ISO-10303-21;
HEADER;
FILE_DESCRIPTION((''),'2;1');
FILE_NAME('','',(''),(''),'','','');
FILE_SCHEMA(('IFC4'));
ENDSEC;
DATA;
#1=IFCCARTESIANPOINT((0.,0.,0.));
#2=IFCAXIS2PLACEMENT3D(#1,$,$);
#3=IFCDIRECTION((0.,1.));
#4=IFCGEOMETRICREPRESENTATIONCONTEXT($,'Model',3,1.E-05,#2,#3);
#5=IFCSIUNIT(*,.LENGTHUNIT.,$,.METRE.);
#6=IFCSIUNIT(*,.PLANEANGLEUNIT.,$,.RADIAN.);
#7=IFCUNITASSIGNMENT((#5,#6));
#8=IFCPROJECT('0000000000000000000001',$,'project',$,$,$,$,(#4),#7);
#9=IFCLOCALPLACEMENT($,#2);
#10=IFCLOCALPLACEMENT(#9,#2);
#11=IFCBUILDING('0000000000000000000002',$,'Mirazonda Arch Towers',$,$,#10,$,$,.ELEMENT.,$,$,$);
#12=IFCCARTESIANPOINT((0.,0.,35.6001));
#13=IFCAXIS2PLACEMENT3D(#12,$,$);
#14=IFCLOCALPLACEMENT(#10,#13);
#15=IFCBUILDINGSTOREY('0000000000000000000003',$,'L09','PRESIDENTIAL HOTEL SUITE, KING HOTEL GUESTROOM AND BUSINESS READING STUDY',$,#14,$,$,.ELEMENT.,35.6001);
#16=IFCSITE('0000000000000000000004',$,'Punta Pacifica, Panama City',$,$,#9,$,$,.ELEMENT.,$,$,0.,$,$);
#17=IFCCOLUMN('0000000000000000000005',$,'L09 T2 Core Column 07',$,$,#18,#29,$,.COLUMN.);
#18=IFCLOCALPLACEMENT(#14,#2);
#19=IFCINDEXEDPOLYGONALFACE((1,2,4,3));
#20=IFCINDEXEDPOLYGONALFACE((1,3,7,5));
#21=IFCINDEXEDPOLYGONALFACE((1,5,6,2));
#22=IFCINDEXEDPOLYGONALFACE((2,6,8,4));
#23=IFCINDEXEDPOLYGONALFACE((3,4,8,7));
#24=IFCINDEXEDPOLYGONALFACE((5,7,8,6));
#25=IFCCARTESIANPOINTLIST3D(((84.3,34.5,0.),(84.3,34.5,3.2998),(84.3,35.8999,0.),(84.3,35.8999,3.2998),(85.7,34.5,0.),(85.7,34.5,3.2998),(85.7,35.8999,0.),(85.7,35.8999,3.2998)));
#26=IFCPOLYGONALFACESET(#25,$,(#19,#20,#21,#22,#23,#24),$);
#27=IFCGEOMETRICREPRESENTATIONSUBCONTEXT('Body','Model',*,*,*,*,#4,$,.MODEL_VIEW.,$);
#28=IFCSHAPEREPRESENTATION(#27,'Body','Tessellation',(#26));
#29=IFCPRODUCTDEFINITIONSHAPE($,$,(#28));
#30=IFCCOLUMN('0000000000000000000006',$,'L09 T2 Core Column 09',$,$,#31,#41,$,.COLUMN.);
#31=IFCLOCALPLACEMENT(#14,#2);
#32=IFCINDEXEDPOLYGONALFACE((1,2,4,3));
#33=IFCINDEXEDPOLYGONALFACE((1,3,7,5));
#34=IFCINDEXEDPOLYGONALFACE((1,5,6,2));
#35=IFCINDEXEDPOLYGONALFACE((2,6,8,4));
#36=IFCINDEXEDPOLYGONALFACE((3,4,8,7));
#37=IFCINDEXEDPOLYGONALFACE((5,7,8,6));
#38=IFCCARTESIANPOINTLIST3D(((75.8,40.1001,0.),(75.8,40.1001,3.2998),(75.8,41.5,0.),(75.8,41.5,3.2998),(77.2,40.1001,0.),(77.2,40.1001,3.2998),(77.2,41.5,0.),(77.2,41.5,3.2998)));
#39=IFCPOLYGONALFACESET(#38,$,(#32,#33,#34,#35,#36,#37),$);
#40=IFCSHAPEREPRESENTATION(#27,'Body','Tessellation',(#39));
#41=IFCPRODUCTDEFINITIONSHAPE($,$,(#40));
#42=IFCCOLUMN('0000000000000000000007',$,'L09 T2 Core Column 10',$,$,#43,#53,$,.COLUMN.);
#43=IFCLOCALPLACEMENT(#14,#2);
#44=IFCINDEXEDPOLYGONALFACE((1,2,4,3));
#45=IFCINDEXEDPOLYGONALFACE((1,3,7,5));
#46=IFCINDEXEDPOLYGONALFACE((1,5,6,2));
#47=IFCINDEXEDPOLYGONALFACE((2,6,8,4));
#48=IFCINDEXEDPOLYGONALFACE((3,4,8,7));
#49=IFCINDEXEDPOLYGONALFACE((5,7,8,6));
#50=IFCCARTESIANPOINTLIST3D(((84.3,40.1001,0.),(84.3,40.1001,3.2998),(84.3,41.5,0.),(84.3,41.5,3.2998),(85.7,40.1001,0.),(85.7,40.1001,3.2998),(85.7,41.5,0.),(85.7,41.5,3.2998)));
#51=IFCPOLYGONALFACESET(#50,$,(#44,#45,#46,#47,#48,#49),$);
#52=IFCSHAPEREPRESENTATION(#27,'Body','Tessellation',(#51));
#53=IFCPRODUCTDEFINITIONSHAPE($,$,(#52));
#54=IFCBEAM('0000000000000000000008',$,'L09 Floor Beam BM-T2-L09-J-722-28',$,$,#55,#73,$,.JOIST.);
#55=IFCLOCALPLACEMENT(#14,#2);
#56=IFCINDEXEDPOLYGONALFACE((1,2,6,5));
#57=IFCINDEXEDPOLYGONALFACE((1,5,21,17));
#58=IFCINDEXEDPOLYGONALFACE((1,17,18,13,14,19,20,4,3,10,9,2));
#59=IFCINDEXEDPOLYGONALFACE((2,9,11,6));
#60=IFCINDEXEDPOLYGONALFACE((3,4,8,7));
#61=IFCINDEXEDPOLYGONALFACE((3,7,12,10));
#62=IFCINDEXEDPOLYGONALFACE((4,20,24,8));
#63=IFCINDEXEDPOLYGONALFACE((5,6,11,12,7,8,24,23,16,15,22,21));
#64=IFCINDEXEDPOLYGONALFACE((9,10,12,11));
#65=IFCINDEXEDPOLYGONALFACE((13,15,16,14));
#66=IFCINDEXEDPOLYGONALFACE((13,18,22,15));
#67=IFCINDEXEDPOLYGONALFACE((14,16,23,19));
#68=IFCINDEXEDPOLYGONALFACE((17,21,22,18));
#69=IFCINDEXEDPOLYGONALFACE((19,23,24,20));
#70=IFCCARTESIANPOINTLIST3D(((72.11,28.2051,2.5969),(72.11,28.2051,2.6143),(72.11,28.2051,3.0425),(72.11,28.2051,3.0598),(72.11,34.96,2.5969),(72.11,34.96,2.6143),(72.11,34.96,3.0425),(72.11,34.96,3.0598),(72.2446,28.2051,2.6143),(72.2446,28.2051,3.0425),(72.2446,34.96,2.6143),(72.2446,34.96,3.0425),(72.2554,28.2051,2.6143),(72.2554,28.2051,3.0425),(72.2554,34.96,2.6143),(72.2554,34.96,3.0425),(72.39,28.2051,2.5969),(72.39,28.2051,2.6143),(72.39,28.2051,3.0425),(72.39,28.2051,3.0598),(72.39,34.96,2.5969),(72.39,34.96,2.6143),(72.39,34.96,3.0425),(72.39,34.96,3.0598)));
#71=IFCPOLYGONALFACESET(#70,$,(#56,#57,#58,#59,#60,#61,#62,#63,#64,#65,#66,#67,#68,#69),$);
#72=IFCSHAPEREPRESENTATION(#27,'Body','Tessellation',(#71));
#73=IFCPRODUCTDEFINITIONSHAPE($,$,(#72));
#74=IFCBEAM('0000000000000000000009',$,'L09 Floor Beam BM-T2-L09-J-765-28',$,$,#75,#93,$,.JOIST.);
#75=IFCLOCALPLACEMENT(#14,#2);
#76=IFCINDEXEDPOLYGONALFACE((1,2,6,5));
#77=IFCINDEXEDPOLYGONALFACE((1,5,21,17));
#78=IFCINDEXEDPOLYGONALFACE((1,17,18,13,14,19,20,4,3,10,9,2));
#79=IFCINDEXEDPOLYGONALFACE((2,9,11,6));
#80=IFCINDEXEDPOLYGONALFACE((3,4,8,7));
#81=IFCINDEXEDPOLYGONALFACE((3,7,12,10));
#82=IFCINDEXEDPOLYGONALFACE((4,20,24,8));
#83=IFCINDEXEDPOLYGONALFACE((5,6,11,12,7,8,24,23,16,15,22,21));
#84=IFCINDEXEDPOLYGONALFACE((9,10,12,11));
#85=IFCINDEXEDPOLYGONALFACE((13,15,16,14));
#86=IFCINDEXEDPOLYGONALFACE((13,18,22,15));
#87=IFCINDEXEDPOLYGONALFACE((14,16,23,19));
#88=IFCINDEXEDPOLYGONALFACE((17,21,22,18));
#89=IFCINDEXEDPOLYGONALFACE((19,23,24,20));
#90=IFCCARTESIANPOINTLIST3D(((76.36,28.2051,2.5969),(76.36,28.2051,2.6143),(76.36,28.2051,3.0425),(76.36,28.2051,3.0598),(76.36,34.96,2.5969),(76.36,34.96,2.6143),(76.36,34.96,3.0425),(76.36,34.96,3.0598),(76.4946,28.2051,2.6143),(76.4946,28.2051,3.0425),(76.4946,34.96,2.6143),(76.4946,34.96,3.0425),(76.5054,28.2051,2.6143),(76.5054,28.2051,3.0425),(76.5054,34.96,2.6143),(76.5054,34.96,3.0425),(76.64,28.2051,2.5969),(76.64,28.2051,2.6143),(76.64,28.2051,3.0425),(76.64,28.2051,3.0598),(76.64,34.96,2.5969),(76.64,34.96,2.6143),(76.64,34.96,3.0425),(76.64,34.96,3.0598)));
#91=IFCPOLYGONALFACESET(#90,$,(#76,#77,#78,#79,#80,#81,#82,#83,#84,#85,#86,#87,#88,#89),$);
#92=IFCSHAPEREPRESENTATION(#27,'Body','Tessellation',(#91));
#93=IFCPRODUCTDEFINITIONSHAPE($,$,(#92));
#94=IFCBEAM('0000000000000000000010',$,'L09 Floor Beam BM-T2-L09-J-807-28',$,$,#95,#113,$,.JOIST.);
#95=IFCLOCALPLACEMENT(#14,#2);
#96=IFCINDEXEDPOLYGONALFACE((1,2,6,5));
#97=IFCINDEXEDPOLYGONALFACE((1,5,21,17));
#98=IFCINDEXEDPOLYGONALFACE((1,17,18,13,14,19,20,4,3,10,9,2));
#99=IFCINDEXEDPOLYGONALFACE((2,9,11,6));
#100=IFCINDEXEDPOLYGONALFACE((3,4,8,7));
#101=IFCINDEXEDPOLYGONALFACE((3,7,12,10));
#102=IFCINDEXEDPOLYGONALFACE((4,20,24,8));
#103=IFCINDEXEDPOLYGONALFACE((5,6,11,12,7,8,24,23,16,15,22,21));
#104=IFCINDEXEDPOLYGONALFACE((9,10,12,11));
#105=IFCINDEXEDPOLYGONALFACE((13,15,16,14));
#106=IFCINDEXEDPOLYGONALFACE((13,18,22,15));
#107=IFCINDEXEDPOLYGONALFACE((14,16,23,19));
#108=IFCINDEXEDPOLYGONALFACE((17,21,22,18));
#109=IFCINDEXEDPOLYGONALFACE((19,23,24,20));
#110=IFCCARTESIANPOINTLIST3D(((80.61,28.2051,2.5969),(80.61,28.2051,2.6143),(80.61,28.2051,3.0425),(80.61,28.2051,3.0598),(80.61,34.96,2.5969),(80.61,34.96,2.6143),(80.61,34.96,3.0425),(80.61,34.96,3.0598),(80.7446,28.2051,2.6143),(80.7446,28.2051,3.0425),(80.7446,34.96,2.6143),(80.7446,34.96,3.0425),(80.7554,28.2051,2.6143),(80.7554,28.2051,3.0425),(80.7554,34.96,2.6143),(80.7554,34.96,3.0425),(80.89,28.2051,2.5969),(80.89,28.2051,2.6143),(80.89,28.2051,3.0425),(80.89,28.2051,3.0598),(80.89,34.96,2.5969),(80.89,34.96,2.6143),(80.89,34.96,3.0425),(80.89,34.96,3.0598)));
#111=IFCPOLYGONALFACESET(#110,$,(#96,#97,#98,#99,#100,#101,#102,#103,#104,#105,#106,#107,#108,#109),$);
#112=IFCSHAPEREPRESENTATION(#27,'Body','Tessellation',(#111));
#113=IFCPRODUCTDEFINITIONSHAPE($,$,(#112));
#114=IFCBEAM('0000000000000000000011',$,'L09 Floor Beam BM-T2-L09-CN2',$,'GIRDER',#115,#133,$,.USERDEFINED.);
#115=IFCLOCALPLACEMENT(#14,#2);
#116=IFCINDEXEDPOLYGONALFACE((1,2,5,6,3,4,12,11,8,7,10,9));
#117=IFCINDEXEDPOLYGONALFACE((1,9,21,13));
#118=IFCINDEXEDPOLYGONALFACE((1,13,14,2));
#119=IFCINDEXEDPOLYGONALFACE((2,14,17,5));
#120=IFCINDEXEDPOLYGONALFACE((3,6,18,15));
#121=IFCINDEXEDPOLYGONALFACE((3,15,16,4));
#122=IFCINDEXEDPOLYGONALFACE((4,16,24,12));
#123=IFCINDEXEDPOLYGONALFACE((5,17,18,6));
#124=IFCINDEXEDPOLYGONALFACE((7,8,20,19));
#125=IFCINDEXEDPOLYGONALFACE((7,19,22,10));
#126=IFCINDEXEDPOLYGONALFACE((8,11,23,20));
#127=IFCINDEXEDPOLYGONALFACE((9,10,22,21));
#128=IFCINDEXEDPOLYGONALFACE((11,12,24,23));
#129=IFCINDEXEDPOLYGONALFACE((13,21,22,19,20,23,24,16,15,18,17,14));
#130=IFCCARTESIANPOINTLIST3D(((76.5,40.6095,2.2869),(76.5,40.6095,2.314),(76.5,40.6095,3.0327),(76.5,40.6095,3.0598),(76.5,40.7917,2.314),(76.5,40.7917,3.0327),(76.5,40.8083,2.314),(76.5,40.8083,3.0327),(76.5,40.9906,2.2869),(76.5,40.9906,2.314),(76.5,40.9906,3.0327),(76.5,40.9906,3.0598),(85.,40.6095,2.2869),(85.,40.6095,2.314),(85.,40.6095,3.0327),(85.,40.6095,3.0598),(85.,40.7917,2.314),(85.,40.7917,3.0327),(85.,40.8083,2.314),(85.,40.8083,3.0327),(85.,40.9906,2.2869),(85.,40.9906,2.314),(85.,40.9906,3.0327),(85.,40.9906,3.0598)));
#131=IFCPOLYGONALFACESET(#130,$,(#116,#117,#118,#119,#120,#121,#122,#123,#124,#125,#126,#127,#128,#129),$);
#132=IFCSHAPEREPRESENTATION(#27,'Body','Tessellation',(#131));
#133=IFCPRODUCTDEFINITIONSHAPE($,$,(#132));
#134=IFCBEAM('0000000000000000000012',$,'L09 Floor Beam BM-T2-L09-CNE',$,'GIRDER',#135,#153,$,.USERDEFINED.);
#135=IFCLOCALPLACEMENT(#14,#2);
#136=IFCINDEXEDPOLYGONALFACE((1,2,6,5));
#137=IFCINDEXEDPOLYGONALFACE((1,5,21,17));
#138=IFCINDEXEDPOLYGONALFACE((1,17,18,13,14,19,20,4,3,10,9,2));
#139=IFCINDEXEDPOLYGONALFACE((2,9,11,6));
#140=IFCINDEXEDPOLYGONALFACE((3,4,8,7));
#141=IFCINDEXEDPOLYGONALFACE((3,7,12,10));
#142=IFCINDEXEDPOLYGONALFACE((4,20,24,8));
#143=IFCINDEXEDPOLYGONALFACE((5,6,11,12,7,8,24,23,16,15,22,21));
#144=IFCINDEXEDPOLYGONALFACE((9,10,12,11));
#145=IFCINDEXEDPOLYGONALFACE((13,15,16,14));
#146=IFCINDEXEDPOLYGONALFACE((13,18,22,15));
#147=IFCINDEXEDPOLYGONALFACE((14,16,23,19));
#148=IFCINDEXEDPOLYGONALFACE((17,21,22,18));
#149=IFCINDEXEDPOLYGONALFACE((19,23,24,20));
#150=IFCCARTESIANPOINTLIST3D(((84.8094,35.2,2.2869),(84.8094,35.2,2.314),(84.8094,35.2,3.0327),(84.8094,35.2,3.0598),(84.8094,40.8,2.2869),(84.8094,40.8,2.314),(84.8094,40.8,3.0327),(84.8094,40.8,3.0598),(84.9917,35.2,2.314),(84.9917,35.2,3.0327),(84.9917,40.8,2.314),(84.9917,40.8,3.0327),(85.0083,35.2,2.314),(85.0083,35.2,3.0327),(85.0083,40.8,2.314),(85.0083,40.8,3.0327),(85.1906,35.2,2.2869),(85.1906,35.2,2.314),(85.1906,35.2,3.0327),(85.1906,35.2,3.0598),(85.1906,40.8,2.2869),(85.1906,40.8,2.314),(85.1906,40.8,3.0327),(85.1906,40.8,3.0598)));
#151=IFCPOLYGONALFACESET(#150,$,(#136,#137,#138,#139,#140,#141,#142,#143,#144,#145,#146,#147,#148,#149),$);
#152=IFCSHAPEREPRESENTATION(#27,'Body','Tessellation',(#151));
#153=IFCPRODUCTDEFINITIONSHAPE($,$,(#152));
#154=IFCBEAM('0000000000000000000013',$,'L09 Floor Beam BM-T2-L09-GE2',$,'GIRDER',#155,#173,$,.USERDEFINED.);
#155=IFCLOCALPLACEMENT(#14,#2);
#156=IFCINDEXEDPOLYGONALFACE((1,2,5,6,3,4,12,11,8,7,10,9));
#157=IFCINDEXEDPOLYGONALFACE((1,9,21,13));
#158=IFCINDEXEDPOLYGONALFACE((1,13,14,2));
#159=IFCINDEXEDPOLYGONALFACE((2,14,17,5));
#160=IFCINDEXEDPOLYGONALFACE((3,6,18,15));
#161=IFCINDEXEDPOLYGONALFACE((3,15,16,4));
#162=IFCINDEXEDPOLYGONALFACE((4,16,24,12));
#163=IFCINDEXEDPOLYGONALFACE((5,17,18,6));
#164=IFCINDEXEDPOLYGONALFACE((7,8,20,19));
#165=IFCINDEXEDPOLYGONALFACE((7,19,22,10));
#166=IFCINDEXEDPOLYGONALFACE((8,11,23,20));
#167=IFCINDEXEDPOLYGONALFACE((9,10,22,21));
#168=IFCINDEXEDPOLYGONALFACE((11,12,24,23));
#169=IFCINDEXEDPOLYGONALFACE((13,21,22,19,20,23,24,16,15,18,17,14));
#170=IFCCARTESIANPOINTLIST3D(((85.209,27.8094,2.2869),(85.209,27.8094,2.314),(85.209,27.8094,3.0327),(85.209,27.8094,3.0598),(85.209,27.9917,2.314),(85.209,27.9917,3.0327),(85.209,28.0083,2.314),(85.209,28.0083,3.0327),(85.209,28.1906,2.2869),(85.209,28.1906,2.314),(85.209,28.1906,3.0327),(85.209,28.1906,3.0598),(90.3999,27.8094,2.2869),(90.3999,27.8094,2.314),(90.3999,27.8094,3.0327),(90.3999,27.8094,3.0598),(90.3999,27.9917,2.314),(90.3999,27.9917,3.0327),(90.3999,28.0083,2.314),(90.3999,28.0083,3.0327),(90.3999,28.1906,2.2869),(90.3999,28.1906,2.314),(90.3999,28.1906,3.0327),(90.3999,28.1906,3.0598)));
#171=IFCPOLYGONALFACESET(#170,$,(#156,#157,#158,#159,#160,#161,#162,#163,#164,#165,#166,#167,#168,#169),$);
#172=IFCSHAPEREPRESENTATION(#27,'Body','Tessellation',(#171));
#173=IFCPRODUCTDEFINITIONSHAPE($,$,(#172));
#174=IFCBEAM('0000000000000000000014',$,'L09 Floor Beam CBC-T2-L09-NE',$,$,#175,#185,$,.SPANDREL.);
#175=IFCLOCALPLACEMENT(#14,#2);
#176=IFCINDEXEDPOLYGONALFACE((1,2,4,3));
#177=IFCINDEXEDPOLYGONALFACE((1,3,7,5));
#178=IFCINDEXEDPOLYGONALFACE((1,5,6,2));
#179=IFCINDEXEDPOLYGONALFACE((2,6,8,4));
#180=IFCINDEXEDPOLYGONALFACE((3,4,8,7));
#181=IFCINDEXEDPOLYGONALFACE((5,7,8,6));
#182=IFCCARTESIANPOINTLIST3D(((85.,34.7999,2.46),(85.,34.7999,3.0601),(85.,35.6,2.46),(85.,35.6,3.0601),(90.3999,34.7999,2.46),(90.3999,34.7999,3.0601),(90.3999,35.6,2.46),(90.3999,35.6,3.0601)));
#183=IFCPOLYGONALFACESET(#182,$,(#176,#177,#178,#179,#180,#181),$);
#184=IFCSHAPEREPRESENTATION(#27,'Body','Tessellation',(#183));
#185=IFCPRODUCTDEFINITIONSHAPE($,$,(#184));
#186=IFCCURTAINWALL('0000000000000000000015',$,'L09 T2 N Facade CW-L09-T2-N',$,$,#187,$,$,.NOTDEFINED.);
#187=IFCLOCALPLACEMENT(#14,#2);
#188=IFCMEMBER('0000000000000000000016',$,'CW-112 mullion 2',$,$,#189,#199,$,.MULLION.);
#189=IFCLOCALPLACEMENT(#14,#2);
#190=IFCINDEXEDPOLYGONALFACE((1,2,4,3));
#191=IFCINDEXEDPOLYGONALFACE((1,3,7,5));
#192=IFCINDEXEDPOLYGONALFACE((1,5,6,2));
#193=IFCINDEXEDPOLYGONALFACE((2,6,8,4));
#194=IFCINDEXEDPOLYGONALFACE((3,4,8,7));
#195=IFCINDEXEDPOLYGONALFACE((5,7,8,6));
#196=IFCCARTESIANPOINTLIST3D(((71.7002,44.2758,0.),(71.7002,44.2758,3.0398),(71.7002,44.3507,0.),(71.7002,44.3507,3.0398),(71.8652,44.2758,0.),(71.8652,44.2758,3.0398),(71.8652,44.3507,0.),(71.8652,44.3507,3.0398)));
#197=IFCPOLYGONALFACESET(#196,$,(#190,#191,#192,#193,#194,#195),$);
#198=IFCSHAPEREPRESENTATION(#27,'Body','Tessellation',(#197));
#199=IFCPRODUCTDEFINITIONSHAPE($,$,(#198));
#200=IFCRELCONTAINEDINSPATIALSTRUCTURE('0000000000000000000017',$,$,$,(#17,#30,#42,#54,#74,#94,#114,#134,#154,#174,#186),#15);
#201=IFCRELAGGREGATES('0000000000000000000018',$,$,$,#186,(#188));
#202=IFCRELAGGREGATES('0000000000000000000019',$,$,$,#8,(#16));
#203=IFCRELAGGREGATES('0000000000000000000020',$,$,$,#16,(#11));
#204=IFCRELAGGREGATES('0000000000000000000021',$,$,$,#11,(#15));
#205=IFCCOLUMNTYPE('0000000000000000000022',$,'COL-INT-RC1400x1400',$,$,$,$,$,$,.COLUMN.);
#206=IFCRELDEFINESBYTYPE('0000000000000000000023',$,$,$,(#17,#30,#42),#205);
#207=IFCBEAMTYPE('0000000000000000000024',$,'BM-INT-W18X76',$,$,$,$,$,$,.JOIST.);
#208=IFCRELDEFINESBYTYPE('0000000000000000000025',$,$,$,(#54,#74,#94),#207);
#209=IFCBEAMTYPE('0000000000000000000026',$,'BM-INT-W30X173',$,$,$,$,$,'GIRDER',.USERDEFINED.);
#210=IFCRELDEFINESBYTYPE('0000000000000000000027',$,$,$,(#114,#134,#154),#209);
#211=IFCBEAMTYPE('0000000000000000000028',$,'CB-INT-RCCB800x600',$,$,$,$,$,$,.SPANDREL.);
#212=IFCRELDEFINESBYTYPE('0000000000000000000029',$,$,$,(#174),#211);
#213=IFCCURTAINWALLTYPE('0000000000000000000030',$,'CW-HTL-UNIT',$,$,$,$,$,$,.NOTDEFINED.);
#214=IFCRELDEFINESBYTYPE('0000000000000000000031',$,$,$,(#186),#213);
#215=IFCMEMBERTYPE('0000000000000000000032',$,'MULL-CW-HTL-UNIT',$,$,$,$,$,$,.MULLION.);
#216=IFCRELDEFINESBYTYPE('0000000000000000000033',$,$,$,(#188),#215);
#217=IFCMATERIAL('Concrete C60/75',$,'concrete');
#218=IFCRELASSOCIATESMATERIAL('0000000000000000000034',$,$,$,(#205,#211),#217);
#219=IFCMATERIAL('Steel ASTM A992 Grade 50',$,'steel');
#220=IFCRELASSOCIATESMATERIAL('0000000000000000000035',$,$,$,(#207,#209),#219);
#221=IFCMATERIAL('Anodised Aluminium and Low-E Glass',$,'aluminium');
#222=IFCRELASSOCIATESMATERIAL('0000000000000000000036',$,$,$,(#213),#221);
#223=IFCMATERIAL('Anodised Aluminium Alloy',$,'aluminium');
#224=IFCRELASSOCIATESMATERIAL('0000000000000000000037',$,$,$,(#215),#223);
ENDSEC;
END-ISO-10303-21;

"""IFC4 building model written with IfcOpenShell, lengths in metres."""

from ifc_helpers import new_model, si_unit, direction, frame, origin, origin_2d, place, context, subcontext, project, spatial, rectangle, i_section, extrude, material, material_profile, profile_set, type_object, element, aggregate, save


model = new_model("IFC4")

# Units and contexts
model_context = context("Model", 3, precision=1e-05, world=origin(), true_north=direction((0.0, 1.0)))
body_context = subcontext(model_context, "Body", "Model", "MODEL_VIEW")
ifc_project = project(units=[si_unit("LENGTHUNIT", "METRE"), si_unit("PLANEANGLEUNIT", "RADIAN")], contexts=[model_context])

# Site, building, storey
site_placement = place(None, origin())
site = spatial("IfcSite", under=ifc_project, at=site_placement, Name="Punta Pacifica, Panama City", CompositionType="ELEMENT", RefElevation=0.0)
building_placement = place(site_placement, origin())
building = spatial("IfcBuilding", under=site, at=building_placement, Name="Mirazonda Arch Towers", CompositionType="ELEMENT")
storey_placement = place(building_placement, frame((0.0, 0.0, 35.6001)))
storey = spatial("IfcBuildingStorey", under=building, at=storey_placement, Name="L09", Description="PRESIDENTIAL HOTEL SUITE, KING HOTEL GUESTROOM AND BUSINESS READING STUDY", CompositionType="ELEMENT", Elevation=35.6001)

# Columns
ifc_material_1 = material(Name="Concrete C60/75", Category="concrete")
ifc_material_profile_1 = material_profile(ifc_material_1, rectangle(XDim=1.3999, YDim=1.3999, at=origin_2d()), Name="RC1400x1400")
ifc_profile_set_1 = profile_set([ifc_material_profile_1], Name="Concrete C60/75")
column_type = type_object("IfcColumnType", Name="COL-INT-RC1400x1400", PredefinedType="COLUMN", material=ifc_profile_set_1)
for number, where, z_axis, x_axis, name in (
    (1, (85.0, 35.2, 0.0), (0.0, 0.0, 1.0), (1.0, 0.0, 0.0), "L09 T2 Core Column 07"),
    (2, (76.5, 40.8, 0.0), (0.0, 0.0, 1.0), (1.0, 0.0, 0.0), "L09 T2 Core Column 09"),
    (3, (85.0, 40.8, 0.0), (0.0, 0.0, 1.0), (1.0, 0.0, 0.0), "L09 T2 Core Column 10"),
):
    element("IfcColumn", number, at=place(storey_placement, frame(where, z_axis=z_axis, x_axis=x_axis)), inside=storey, type_object=column_type, Name=name, PredefinedType="COLUMN", context=body_context, shape_type="SweptSolid", body=[
        extrude(rectangle(XDim=1.3999, YDim=1.3999, at=origin_2d()), origin(), (0.0, 0.0, 1.0), 3.2998),
    ])

# Beams
ifc_material_2 = material(Name="Steel ASTM A992 Grade 50", Category="steel")
ifc_material_profile_2 = material_profile(ifc_material_2, i_section(OverallWidth=0.28, OverallDepth=0.4629, WebThickness=0.0107, FlangeThickness=0.0173, at=origin_2d()), Name="W18X76")
ifc_profile_set_2 = profile_set([ifc_material_profile_2], Name="Steel ASTM A992 Grade 50")
beam_type_1 = type_object("IfcBeamType", Name="BM-INT-W18X76", PredefinedType="JOIST", material=ifc_profile_set_2)
for number, where, z_axis, x_axis, name in (
    (4, (72.25, 28.2051, 2.8284), (0.0, 1.0, 0.0), (-1.0, 0.0, 0.0), "L09 Floor Beam BM-T2-L09-J-722-28"),
    (5, (76.5, 28.2051, 2.8284), (0.0, 1.0, 0.0), (-1.0, 0.0, 0.0), "L09 Floor Beam BM-T2-L09-J-765-28"),
    (6, (80.75, 28.2051, 2.8284), (0.0, 1.0, 0.0), (-1.0, 0.0, 0.0), "L09 Floor Beam BM-T2-L09-J-807-28"),
):
    element("IfcBeam", number, at=place(storey_placement, frame(where, z_axis=z_axis, x_axis=x_axis)), inside=storey, type_object=beam_type_1, Name=name, PredefinedType="JOIST", context=body_context, shape_type="SweptSolid", body=[
        extrude(i_section(OverallWidth=0.28, OverallDepth=0.4629, WebThickness=0.0107, FlangeThickness=0.0173, at=origin_2d()), origin(), (0.0, 0.0, 1.0), 6.7549),
    ])
ifc_material_profile_3 = material_profile(ifc_material_2, i_section(OverallWidth=0.3811, OverallDepth=0.7729, WebThickness=0.0166, FlangeThickness=0.0271, at=origin_2d()), Name="W30X173")
ifc_profile_set_3 = profile_set([ifc_material_profile_3], Name="Steel ASTM A992 Grade 50")
beam_type_2 = type_object("IfcBeamType", Name="BM-INT-W30X173", ElementType="GIRDER", PredefinedType="USERDEFINED", material=ifc_profile_set_3)
beam_1_placement = place(storey_placement, frame((76.5, 40.8, 2.6733), z_axis=(1.0, 0.0, 0.0), x_axis=(0.0, 1.0, 0.0)))
element("IfcBeam", 7, at=beam_1_placement, inside=storey, type_object=beam_type_2, Name="L09 Floor Beam BM-T2-L09-CN2", ObjectType="GIRDER", PredefinedType="USERDEFINED", context=body_context, shape_type="SweptSolid", body=[
    extrude(i_section(OverallWidth=0.3811, OverallDepth=0.7729, WebThickness=0.0166, FlangeThickness=0.0271, at=origin_2d()), origin(), (0.0, 0.0, 1.0), 8.5),
])
beam_2_placement = place(storey_placement, frame((85.0, 35.2, 2.6733), z_axis=(0.0, 1.0, 0.0), x_axis=(-1.0, 0.0, 0.0)))
element("IfcBeam", 8, at=beam_2_placement, inside=storey, type_object=beam_type_2, Name="L09 Floor Beam BM-T2-L09-CNE", ObjectType="GIRDER", PredefinedType="USERDEFINED", context=body_context, shape_type="SweptSolid", body=[
    extrude(i_section(OverallWidth=0.3811, OverallDepth=0.7729, WebThickness=0.0166, FlangeThickness=0.0271, at=origin_2d()), origin(), (0.0, 0.0, 1.0), 5.6001),
])
beam_3_placement = place(storey_placement, frame((85.209, 28.0, 2.6733), z_axis=(1.0, 0.0, 0.0), x_axis=(0.0, 1.0, 0.0)))
element("IfcBeam", 9, at=beam_3_placement, inside=storey, type_object=beam_type_2, Name="L09 Floor Beam BM-T2-L09-GE2", ObjectType="GIRDER", PredefinedType="USERDEFINED", context=body_context, shape_type="SweptSolid", body=[
    extrude(i_section(OverallWidth=0.3811, OverallDepth=0.7729, WebThickness=0.0166, FlangeThickness=0.0271, at=origin_2d()), origin(), (0.0, 0.0, 1.0), 5.1909),
])
ifc_material_profile_4 = material_profile(ifc_material_1, rectangle(XDim=0.8, YDim=0.6001, at=origin_2d()), Name="RCCB800x600")
ifc_profile_set_4 = profile_set([ifc_material_profile_4], Name="Concrete C60/75")
beam_type_3 = type_object("IfcBeamType", Name="CB-INT-RCCB800x600", PredefinedType="SPANDREL", material=ifc_profile_set_4)
beam_4_placement = place(storey_placement, frame((85.0, 35.2, 2.76), z_axis=(1.0, 0.0, 0.0), x_axis=(0.0, 1.0, 0.0)))
element("IfcBeam", 10, at=beam_4_placement, inside=storey, type_object=beam_type_3, Name="L09 Floor Beam CBC-T2-L09-NE", PredefinedType="SPANDREL", context=body_context, shape_type="SweptSolid", body=[
    extrude(rectangle(XDim=0.8, YDim=0.6001, at=origin_2d()), origin(), (0.0, 0.0, 1.0), 5.3999),
])

# Curtain wall, member
ifc_material_3 = material(Name="Anodised Aluminium and Low-E Glass", Category="aluminium")
curtain_wall_type = type_object("IfcCurtainWallType", Name="CW-HTL-UNIT", PredefinedType="NOTDEFINED", material=ifc_material_3)
curtain_wall_placement = place(storey_placement, origin())
curtain_wall = element("IfcCurtainWall", 11, at=curtain_wall_placement, inside=storey, type_object=curtain_wall_type, Name="L09 T2 N Facade CW-L09-T2-N", PredefinedType="NOTDEFINED")
ifc_material_4 = material(Name="Anodised Aluminium Alloy", Category="aluminium")
ifc_material_profile_5 = material_profile(ifc_material_4, rectangle(XDim=0.075, YDim=0.165, at=origin_2d()), Name="ALU-MULL-75x165")
ifc_profile_set_5 = profile_set([ifc_material_profile_5], Name="Anodised Aluminium Alloy")
member_type_1 = type_object("IfcMemberType", Name="MULL-CW-HTL-UNIT", PredefinedType="MULLION", material=ifc_profile_set_5)
member_1_placement = place(storey_placement, frame((71.7827, 44.3132, 0.0), z_axis=(0.0, 0.0, 1.0), x_axis=(0.0, 1.0, 0.0)))
member_1 = element("IfcMember", 12, at=member_1_placement, type_object=member_type_1, Name="CW-112 mullion 2", PredefinedType="MULLION", context=body_context, shape_type="SweptSolid", body=[
    extrude(rectangle(XDim=0.075, YDim=0.165, at=origin_2d()), origin(), (0.0, 0.0, 1.0), 3.0398),
])
aggregate(curtain_wall, [member_1])

save(model, "model.ifc")
